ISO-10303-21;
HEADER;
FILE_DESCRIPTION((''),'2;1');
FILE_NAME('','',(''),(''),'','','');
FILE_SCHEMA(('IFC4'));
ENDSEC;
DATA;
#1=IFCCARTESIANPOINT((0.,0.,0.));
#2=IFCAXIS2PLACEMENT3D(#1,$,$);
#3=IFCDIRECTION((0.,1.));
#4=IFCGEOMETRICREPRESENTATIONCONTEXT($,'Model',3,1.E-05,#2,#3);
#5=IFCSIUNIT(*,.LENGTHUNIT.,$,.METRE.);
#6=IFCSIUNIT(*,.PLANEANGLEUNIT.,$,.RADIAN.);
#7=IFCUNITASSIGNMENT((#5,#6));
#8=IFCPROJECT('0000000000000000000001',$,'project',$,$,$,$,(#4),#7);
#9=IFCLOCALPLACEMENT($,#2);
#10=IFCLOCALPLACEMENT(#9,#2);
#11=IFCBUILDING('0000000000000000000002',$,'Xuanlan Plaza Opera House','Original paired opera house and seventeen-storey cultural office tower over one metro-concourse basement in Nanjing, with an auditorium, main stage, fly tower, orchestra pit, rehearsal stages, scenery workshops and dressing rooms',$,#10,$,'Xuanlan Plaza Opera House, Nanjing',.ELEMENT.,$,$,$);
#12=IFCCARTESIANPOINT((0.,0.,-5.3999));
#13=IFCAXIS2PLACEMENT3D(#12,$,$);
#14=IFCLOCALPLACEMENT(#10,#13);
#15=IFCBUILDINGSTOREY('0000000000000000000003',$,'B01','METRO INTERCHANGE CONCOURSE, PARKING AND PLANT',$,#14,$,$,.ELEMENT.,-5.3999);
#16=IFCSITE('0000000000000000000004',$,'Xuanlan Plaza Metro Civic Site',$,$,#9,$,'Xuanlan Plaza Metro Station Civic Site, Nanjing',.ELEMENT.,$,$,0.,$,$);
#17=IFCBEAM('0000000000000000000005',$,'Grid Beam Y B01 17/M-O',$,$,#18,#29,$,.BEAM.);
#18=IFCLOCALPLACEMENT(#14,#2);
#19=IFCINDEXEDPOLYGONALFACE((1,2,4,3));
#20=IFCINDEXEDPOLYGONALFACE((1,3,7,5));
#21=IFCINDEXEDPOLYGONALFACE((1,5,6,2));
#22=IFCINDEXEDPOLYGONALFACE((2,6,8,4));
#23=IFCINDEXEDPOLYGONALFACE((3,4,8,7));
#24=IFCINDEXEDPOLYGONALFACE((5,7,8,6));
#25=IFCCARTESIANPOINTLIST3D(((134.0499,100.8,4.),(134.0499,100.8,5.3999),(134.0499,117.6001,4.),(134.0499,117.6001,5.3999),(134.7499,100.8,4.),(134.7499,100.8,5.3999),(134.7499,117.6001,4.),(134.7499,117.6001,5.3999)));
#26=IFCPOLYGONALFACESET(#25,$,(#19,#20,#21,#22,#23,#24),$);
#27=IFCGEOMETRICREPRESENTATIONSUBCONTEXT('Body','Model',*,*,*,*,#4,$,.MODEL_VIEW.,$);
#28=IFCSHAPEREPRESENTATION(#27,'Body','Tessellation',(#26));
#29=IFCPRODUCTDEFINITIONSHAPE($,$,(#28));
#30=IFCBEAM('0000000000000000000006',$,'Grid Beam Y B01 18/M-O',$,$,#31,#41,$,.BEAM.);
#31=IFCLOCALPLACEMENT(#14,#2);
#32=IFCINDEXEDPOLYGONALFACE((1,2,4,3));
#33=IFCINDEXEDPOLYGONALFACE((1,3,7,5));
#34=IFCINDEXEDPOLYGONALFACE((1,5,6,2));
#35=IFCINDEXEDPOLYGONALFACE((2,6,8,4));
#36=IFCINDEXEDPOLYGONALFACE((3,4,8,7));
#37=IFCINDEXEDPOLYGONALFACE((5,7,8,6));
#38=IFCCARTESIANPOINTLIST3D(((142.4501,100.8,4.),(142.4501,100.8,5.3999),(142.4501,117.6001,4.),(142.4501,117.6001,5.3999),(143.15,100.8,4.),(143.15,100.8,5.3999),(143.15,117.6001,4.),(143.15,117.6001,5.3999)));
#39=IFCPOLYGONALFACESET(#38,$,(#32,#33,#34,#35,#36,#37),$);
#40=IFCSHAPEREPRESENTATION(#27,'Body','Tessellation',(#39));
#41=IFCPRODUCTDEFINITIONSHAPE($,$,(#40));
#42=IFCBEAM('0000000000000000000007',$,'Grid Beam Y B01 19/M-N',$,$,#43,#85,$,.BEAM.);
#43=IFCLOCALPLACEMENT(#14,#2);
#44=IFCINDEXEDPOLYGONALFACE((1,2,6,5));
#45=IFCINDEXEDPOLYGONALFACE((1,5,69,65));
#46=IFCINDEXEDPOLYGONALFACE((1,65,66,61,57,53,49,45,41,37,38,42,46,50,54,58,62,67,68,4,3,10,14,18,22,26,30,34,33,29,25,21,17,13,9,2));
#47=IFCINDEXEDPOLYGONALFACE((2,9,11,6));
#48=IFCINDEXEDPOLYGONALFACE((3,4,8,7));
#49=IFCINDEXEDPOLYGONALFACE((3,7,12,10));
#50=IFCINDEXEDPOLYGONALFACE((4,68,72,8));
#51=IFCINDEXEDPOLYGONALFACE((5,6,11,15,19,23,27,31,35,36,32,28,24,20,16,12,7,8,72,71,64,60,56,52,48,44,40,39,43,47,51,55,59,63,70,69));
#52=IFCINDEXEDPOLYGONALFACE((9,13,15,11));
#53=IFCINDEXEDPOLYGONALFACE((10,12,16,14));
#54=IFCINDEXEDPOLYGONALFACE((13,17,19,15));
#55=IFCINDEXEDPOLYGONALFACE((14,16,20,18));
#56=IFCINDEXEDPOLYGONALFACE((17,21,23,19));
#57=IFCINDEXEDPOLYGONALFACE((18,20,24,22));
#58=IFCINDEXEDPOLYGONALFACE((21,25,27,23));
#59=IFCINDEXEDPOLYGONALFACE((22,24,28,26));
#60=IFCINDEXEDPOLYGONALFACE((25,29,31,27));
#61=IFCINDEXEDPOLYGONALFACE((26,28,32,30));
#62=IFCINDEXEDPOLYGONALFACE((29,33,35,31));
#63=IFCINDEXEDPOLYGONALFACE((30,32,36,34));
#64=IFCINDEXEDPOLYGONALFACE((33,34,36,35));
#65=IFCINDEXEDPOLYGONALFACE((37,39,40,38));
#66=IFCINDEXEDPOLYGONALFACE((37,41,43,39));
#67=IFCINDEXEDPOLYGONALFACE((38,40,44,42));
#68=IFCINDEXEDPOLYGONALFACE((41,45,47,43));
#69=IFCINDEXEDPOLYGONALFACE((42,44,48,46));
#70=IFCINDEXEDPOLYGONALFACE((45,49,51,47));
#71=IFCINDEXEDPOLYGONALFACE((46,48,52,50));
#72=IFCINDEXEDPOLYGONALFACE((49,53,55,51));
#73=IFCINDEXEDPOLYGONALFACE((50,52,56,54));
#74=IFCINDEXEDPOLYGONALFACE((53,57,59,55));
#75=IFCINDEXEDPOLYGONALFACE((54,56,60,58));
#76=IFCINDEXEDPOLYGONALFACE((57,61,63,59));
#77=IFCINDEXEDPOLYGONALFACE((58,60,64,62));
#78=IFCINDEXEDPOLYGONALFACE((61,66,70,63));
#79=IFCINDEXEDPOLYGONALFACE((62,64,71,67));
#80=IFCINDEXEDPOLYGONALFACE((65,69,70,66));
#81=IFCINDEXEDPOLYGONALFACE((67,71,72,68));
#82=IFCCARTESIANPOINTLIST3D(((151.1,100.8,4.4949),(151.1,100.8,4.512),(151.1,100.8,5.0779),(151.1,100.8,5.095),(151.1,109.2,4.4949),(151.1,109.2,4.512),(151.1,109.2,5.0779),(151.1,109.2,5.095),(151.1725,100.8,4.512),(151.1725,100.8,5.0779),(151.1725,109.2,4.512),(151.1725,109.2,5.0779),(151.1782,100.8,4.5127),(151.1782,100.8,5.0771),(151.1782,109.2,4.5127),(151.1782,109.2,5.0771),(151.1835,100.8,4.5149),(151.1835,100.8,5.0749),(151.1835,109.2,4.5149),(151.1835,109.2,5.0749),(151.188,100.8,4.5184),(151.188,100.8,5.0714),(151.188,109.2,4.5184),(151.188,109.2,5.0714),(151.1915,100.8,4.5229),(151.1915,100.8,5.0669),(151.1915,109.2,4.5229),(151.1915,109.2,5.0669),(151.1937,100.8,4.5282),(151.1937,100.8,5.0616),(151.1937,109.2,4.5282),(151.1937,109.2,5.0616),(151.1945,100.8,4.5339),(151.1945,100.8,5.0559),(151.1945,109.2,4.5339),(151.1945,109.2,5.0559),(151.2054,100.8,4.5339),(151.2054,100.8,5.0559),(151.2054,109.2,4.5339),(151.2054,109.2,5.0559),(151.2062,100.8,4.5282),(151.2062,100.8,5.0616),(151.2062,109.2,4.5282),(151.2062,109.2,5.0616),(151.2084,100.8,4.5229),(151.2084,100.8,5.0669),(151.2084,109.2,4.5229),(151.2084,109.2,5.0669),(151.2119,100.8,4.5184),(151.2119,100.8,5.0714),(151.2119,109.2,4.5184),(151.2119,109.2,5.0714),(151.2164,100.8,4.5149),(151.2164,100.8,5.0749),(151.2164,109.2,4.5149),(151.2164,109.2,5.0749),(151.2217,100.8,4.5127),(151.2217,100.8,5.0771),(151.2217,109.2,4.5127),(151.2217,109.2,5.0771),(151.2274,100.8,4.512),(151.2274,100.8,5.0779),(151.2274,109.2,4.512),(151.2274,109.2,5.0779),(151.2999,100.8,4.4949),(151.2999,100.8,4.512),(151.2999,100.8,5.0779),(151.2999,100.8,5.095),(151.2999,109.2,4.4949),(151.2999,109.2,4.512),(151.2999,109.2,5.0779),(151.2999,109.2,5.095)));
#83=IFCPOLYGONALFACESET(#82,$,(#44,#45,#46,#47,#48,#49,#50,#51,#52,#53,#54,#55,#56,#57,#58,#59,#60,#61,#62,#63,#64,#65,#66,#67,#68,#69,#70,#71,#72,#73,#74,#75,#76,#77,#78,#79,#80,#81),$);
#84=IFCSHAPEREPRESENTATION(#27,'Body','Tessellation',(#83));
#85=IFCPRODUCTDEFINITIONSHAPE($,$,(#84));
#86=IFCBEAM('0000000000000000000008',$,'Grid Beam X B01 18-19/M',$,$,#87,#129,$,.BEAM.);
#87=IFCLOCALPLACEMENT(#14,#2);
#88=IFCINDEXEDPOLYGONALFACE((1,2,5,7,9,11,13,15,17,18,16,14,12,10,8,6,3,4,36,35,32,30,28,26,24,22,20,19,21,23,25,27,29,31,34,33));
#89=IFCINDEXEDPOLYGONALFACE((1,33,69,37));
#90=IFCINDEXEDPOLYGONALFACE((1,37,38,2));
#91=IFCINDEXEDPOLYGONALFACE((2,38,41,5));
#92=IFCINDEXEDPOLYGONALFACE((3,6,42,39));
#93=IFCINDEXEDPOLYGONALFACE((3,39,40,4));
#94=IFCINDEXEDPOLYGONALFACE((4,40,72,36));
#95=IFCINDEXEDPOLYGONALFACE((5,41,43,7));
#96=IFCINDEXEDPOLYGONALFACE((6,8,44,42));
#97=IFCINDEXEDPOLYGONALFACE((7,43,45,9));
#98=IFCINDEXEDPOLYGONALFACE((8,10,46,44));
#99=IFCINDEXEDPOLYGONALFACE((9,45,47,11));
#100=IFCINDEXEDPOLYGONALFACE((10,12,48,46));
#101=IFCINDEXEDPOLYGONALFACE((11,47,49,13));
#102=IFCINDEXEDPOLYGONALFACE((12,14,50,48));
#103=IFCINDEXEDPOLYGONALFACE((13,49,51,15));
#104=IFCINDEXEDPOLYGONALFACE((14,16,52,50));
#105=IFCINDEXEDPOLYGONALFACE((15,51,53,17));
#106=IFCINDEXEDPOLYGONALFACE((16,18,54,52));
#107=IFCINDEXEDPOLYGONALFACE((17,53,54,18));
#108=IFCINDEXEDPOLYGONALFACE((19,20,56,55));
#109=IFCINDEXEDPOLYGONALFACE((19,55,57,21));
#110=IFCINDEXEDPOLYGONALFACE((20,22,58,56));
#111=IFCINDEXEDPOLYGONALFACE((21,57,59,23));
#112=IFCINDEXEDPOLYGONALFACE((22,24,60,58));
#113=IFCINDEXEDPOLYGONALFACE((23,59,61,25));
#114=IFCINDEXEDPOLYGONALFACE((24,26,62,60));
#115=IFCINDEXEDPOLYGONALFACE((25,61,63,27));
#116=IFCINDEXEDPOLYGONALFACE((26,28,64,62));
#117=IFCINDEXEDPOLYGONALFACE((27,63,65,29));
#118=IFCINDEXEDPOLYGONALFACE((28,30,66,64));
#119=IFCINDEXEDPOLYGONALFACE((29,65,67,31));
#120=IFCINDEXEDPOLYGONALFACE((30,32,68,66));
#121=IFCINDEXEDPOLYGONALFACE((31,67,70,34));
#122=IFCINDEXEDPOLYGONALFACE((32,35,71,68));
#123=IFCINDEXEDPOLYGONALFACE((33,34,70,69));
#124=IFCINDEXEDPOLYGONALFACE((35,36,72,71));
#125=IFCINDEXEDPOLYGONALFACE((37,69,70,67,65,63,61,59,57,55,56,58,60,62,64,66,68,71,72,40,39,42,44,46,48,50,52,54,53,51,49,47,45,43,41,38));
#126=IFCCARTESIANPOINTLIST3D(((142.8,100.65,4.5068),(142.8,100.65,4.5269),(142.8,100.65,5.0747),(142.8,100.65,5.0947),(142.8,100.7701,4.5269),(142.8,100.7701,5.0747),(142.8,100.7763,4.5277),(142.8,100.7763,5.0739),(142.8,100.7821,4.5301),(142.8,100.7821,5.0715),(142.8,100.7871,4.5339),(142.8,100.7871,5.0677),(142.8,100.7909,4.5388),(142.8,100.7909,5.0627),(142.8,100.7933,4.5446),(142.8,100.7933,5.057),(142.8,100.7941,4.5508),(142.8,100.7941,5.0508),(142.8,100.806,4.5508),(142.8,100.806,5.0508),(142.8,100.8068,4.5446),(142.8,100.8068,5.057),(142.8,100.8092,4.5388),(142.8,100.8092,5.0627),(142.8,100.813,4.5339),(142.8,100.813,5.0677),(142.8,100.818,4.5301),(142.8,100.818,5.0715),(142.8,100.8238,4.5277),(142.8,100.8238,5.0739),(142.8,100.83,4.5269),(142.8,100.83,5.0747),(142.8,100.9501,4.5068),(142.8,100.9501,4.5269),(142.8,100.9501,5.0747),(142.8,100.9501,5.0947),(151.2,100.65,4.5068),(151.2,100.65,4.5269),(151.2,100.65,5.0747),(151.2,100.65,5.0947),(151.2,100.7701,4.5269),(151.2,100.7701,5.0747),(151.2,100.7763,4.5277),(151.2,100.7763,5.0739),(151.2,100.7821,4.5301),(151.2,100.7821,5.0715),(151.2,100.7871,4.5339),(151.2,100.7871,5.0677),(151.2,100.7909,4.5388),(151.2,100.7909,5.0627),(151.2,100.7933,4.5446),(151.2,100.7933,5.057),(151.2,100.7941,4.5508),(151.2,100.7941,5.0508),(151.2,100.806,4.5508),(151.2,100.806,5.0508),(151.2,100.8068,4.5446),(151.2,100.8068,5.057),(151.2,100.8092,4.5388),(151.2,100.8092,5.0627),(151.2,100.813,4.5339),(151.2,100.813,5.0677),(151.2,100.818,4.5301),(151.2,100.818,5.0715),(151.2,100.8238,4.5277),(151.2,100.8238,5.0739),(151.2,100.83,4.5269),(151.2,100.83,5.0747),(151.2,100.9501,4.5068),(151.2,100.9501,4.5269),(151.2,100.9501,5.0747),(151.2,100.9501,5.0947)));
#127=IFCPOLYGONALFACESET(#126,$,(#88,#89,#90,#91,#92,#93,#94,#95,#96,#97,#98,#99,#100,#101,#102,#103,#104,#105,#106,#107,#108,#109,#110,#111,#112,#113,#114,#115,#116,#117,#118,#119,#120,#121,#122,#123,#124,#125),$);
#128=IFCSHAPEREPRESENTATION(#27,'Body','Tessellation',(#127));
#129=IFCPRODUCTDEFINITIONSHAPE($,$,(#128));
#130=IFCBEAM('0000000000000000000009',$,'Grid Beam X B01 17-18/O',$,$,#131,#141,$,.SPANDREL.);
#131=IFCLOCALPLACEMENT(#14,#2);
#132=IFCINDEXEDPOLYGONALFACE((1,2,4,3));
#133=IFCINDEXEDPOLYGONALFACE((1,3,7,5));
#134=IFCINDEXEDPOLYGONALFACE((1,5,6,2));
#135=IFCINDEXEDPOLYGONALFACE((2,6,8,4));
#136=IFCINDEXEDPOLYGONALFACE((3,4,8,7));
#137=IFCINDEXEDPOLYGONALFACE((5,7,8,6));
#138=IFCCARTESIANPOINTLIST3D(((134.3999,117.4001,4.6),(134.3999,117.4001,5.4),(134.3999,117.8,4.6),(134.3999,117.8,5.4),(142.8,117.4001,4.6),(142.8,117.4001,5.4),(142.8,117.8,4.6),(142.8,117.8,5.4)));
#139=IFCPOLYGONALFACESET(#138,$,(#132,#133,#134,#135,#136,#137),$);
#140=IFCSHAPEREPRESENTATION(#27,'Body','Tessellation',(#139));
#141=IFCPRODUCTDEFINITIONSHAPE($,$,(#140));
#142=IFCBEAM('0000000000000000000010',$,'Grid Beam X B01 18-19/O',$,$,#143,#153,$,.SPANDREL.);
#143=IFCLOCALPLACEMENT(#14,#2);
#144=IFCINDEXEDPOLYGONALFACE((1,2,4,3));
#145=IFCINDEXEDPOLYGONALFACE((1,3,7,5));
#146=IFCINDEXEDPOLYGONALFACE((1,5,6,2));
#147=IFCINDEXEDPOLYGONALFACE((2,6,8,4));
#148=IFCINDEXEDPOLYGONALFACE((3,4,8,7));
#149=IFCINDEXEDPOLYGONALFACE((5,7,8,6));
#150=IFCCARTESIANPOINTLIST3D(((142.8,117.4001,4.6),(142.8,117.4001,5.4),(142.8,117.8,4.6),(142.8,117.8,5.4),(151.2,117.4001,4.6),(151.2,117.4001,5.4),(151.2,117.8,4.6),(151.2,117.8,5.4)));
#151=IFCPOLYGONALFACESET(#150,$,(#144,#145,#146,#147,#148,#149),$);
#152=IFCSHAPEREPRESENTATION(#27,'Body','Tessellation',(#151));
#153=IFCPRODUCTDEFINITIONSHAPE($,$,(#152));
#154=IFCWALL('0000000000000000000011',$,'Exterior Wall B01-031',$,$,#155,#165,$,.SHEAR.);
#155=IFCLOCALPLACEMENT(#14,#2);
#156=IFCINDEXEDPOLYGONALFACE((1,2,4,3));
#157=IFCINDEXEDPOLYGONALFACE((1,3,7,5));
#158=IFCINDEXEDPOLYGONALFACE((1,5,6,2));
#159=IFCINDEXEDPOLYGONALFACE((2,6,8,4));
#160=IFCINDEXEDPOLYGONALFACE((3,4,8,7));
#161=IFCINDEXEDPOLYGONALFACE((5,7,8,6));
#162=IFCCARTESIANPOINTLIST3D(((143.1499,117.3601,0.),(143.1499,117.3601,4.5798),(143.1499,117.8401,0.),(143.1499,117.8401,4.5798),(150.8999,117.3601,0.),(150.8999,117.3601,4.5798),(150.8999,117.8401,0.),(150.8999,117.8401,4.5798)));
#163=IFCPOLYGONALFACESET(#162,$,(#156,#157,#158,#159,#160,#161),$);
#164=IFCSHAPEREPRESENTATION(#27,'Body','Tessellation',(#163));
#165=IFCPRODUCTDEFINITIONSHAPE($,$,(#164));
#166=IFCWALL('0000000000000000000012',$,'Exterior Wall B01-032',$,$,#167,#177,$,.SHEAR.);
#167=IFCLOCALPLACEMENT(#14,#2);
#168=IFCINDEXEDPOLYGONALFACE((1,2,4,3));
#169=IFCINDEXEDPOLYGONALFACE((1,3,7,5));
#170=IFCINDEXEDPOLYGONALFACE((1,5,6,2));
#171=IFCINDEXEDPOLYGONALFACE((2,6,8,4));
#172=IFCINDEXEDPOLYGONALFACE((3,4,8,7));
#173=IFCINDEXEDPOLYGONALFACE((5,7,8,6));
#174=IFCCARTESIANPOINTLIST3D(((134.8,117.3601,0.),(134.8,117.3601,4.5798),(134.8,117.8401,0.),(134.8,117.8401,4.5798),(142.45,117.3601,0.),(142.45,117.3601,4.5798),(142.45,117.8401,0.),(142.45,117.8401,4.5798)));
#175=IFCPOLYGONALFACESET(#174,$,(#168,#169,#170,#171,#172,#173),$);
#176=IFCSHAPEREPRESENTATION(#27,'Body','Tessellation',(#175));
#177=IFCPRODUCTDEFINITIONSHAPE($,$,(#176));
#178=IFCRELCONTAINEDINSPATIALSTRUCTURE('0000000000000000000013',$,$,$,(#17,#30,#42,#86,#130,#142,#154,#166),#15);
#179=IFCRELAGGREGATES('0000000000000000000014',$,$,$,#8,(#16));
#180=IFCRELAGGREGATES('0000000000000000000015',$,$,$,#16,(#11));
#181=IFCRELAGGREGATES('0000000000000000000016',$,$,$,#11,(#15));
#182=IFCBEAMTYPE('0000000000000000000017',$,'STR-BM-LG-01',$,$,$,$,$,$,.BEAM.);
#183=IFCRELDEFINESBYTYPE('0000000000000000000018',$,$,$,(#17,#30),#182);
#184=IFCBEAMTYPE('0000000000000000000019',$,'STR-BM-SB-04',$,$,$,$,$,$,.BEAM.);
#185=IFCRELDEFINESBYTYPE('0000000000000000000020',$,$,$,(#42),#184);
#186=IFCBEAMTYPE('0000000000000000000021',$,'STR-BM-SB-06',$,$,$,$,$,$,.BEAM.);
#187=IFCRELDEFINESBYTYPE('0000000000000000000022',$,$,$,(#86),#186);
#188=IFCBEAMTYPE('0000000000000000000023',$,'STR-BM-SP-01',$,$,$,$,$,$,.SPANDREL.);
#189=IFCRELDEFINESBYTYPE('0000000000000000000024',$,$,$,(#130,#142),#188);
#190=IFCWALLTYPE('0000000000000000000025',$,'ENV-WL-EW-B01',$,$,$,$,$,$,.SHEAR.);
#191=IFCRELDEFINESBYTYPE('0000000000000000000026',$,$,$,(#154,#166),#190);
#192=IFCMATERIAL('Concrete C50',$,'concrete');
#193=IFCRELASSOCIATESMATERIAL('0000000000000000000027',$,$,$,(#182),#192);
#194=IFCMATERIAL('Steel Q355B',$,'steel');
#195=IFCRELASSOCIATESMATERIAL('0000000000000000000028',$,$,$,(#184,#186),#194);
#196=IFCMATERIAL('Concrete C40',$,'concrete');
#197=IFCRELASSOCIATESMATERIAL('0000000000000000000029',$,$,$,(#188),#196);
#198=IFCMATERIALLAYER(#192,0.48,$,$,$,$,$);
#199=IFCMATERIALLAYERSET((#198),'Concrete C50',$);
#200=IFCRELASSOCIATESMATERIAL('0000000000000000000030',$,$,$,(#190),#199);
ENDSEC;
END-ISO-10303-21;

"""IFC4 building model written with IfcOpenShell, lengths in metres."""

from ifc_helpers import new_model, si_unit, direction, frame, frame_2d, origin, origin_2d, place, context, subcontext, project, spatial, rectangle, i_section, extrude, material, layer, layer_set, material_profile, profile_set, type_object, element, save


model = new_model("IFC4")

# Units and contexts
model_context = context("Model", 3, precision=1e-05, world=origin(), true_north=direction((0.0, 1.0)))
body_context = subcontext(model_context, "Body", "Model", "MODEL_VIEW")
ifc_project = project(units=[si_unit("LENGTHUNIT", "METRE"), si_unit("PLANEANGLEUNIT", "RADIAN")], contexts=[model_context])

# Site, building, storey
site_placement = place(None, origin())
site = spatial("IfcSite", under=ifc_project, at=site_placement, Name="Xuanlan Plaza Metro Civic Site", LongName="Xuanlan Plaza Metro Station Civic Site, Nanjing", CompositionType="ELEMENT", RefElevation=0.0)
building_placement = place(site_placement, origin())
building = spatial("IfcBuilding", under=site, at=building_placement, Name="Xuanlan Plaza Opera House", Description="Original paired opera house and seventeen-storey cultural office tower over one metro-concourse basement in Nanjing, with an auditorium, main stage, fly tower, orchestra pit, rehearsal stages, scenery workshops and dressing rooms", LongName="Xuanlan Plaza Opera House, Nanjing", CompositionType="ELEMENT")
storey_placement = place(building_placement, frame((0.0, 0.0, -5.3999)))
storey = spatial("IfcBuildingStorey", under=building, at=storey_placement, Name="B01", Description="METRO INTERCHANGE CONCOURSE, PARKING AND PLANT", CompositionType="ELEMENT", Elevation=-5.3999)

# Shared definitions
ifc_material_1 = material(Name="Concrete C50", Category="concrete")
ifc_material_2 = material(Name="Concrete C40", Category="concrete")

# Beams
ifc_material_profile_1 = material_profile(ifc_material_1, rectangle(XDim=0.7, YDim=1.3999, at=origin_2d()), Name="RC-LG 700x1400")
ifc_profile_set_1 = profile_set([ifc_material_profile_1], Name="Concrete C50")
beam_type_1 = type_object("IfcBeamType", Name="STR-BM-LG-01", PredefinedType="BEAM", material=ifc_profile_set_1)
for number, where, z_axis, x_axis, name in (
    (1, (134.3999, 100.8, 4.7), (0.0, 1.0, 0.0), (-1.0, 0.0, 0.0), "Grid Beam Y B01 17/M-O"),
    (2, (142.8, 100.8, 4.7), (0.0, 1.0, 0.0), (-1.0, 0.0, 0.0), "Grid Beam Y B01 18/M-O"),
):
    element("IfcBeam", number, at=place(storey_placement, frame(where, z_axis=z_axis, x_axis=x_axis)), inside=storey, type_object=beam_type_1, Name=name, PredefinedType="BEAM", context=body_context, shape_type="SweptSolid", body=[
        extrude(rectangle(XDim=0.7, YDim=1.3999, at=origin_2d()), origin(), (0.0, 0.0, 1.0), 16.8),
    ])
ifc_material_3 = material(Name="Steel Q355B", Category="steel")
ifc_material_profile_2 = material_profile(ifc_material_3, i_section(OverallWidth=0.2, OverallDepth=0.6001, WebThickness=0.011, FlangeThickness=0.0171, FilletRadius=0.022, at=origin_2d()), Name="HN 600x200x11x17")
ifc_profile_set_2 = profile_set([ifc_material_profile_2], Name="Steel Q355B")
beam_type_2 = type_object("IfcBeamType", Name="STR-BM-SB-04", PredefinedType="BEAM", material=ifc_profile_set_2)
beam_1_placement = place(storey_placement, frame((151.2, 100.8, 4.7949), z_axis=(0.0, 1.0, 0.0), x_axis=(-1.0, 0.0, 0.0)))
element("IfcBeam", 3, at=beam_1_placement, inside=storey, type_object=beam_type_2, Name="Grid Beam Y B01 19/M-N", PredefinedType="BEAM", context=body_context, shape_type="SweptSolid", body=[
    extrude(i_section(OverallWidth=0.2, OverallDepth=0.6001, WebThickness=0.011, FlangeThickness=0.0171, FilletRadius=0.022, at=origin_2d()), origin(), (0.0, 0.0, 1.0), 8.3999),
])
ifc_material_profile_3 = material_profile(ifc_material_3, i_section(OverallWidth=0.3, OverallDepth=0.5879, WebThickness=0.012, FlangeThickness=0.02, FilletRadius=0.0239, at=origin_2d()), Name="HM 588x300x12x20")
ifc_profile_set_3 = profile_set([ifc_material_profile_3], Name="Steel Q355B")
beam_type_3 = type_object("IfcBeamType", Name="STR-BM-SB-06", PredefinedType="BEAM", material=ifc_profile_set_3)
beam_2_placement = place(storey_placement, frame((142.8, 100.8, 4.8008), z_axis=(1.0, 0.0, 0.0), x_axis=(0.0, 1.0, 0.0)))
element("IfcBeam", 4, at=beam_2_placement, inside=storey, type_object=beam_type_3, Name="Grid Beam X B01 18-19/M", PredefinedType="BEAM", context=body_context, shape_type="SweptSolid", body=[
    extrude(i_section(OverallWidth=0.3, OverallDepth=0.5879, WebThickness=0.012, FlangeThickness=0.02, FilletRadius=0.0239, at=origin_2d()), origin(), (0.0, 0.0, 1.0), 8.3999),
])
ifc_material_profile_4 = material_profile(ifc_material_2, rectangle(XDim=0.3999, YDim=0.8, at=origin_2d()), Name="RC-SPD 400x800")
ifc_profile_set_4 = profile_set([ifc_material_profile_4], Name="Concrete C40")
beam_type_4 = type_object("IfcBeamType", Name="STR-BM-SP-01", PredefinedType="SPANDREL", material=ifc_profile_set_4)
beam_3_placement = place(storey_placement, frame((134.3999, 117.6001, 5.0), z_axis=(1.0, 0.0, 0.0), x_axis=(0.0, 1.0, 0.0)))
element("IfcBeam", 5, at=beam_3_placement, inside=storey, type_object=beam_type_4, Name="Grid Beam X B01 17-18/O", PredefinedType="SPANDREL", context=body_context, shape_type="SweptSolid", body=[
    extrude(rectangle(XDim=0.3999, YDim=0.8, at=origin_2d()), origin(), (0.0, 0.0, 1.0), 8.4001),
])
beam_4_placement = place(storey_placement, frame((142.8, 117.6001, 5.0), z_axis=(1.0, 0.0, 0.0), x_axis=(0.0, 1.0, 0.0)))
element("IfcBeam", 6, at=beam_4_placement, inside=storey, type_object=beam_type_4, Name="Grid Beam X B01 18-19/O", PredefinedType="SPANDREL", context=body_context, shape_type="SweptSolid", body=[
    extrude(rectangle(XDim=0.3999, YDim=0.8, at=origin_2d()), origin(), (0.0, 0.0, 1.0), 8.3999),
])

# Walls
ifc_layer = layer(ifc_material_1, 0.48)
ifc_layer_set = layer_set([ifc_layer], Name="Concrete C50")
wall_type = type_object("IfcWallType", Name="ENV-WL-EW-B01", PredefinedType="SHEAR", material=ifc_layer_set)
wall_1_placement = place(storey_placement, frame((150.8999, 117.6001, 0.0), z_axis=(0.0, 0.0, 1.0), x_axis=(-1.0, 0.0, 0.0)))
element("IfcWall", 7, at=wall_1_placement, inside=storey, type_object=wall_type, Name="Exterior Wall B01-031", PredefinedType="SHEAR", context=body_context, shape_type="SweptSolid", body=[
    extrude(rectangle(XDim=7.75, YDim=0.48, at=frame_2d((3.875, 0.0))), origin(), (0.0, 0.0, 1.0), 4.5798),
])
wall_2_placement = place(storey_placement, frame((142.45, 117.6001, 0.0), z_axis=(0.0, 0.0, 1.0), x_axis=(-1.0, 0.0, 0.0)))
element("IfcWall", 8, at=wall_2_placement, inside=storey, type_object=wall_type, Name="Exterior Wall B01-032", PredefinedType="SHEAR", context=body_context, shape_type="SweptSolid", body=[
    extrude(rectangle(XDim=7.6499, YDim=0.48, at=frame_2d((3.825, 0.0))), origin(), (0.0, 0.0, 1.0), 4.5798),
])

save(model, "model.ifc")
